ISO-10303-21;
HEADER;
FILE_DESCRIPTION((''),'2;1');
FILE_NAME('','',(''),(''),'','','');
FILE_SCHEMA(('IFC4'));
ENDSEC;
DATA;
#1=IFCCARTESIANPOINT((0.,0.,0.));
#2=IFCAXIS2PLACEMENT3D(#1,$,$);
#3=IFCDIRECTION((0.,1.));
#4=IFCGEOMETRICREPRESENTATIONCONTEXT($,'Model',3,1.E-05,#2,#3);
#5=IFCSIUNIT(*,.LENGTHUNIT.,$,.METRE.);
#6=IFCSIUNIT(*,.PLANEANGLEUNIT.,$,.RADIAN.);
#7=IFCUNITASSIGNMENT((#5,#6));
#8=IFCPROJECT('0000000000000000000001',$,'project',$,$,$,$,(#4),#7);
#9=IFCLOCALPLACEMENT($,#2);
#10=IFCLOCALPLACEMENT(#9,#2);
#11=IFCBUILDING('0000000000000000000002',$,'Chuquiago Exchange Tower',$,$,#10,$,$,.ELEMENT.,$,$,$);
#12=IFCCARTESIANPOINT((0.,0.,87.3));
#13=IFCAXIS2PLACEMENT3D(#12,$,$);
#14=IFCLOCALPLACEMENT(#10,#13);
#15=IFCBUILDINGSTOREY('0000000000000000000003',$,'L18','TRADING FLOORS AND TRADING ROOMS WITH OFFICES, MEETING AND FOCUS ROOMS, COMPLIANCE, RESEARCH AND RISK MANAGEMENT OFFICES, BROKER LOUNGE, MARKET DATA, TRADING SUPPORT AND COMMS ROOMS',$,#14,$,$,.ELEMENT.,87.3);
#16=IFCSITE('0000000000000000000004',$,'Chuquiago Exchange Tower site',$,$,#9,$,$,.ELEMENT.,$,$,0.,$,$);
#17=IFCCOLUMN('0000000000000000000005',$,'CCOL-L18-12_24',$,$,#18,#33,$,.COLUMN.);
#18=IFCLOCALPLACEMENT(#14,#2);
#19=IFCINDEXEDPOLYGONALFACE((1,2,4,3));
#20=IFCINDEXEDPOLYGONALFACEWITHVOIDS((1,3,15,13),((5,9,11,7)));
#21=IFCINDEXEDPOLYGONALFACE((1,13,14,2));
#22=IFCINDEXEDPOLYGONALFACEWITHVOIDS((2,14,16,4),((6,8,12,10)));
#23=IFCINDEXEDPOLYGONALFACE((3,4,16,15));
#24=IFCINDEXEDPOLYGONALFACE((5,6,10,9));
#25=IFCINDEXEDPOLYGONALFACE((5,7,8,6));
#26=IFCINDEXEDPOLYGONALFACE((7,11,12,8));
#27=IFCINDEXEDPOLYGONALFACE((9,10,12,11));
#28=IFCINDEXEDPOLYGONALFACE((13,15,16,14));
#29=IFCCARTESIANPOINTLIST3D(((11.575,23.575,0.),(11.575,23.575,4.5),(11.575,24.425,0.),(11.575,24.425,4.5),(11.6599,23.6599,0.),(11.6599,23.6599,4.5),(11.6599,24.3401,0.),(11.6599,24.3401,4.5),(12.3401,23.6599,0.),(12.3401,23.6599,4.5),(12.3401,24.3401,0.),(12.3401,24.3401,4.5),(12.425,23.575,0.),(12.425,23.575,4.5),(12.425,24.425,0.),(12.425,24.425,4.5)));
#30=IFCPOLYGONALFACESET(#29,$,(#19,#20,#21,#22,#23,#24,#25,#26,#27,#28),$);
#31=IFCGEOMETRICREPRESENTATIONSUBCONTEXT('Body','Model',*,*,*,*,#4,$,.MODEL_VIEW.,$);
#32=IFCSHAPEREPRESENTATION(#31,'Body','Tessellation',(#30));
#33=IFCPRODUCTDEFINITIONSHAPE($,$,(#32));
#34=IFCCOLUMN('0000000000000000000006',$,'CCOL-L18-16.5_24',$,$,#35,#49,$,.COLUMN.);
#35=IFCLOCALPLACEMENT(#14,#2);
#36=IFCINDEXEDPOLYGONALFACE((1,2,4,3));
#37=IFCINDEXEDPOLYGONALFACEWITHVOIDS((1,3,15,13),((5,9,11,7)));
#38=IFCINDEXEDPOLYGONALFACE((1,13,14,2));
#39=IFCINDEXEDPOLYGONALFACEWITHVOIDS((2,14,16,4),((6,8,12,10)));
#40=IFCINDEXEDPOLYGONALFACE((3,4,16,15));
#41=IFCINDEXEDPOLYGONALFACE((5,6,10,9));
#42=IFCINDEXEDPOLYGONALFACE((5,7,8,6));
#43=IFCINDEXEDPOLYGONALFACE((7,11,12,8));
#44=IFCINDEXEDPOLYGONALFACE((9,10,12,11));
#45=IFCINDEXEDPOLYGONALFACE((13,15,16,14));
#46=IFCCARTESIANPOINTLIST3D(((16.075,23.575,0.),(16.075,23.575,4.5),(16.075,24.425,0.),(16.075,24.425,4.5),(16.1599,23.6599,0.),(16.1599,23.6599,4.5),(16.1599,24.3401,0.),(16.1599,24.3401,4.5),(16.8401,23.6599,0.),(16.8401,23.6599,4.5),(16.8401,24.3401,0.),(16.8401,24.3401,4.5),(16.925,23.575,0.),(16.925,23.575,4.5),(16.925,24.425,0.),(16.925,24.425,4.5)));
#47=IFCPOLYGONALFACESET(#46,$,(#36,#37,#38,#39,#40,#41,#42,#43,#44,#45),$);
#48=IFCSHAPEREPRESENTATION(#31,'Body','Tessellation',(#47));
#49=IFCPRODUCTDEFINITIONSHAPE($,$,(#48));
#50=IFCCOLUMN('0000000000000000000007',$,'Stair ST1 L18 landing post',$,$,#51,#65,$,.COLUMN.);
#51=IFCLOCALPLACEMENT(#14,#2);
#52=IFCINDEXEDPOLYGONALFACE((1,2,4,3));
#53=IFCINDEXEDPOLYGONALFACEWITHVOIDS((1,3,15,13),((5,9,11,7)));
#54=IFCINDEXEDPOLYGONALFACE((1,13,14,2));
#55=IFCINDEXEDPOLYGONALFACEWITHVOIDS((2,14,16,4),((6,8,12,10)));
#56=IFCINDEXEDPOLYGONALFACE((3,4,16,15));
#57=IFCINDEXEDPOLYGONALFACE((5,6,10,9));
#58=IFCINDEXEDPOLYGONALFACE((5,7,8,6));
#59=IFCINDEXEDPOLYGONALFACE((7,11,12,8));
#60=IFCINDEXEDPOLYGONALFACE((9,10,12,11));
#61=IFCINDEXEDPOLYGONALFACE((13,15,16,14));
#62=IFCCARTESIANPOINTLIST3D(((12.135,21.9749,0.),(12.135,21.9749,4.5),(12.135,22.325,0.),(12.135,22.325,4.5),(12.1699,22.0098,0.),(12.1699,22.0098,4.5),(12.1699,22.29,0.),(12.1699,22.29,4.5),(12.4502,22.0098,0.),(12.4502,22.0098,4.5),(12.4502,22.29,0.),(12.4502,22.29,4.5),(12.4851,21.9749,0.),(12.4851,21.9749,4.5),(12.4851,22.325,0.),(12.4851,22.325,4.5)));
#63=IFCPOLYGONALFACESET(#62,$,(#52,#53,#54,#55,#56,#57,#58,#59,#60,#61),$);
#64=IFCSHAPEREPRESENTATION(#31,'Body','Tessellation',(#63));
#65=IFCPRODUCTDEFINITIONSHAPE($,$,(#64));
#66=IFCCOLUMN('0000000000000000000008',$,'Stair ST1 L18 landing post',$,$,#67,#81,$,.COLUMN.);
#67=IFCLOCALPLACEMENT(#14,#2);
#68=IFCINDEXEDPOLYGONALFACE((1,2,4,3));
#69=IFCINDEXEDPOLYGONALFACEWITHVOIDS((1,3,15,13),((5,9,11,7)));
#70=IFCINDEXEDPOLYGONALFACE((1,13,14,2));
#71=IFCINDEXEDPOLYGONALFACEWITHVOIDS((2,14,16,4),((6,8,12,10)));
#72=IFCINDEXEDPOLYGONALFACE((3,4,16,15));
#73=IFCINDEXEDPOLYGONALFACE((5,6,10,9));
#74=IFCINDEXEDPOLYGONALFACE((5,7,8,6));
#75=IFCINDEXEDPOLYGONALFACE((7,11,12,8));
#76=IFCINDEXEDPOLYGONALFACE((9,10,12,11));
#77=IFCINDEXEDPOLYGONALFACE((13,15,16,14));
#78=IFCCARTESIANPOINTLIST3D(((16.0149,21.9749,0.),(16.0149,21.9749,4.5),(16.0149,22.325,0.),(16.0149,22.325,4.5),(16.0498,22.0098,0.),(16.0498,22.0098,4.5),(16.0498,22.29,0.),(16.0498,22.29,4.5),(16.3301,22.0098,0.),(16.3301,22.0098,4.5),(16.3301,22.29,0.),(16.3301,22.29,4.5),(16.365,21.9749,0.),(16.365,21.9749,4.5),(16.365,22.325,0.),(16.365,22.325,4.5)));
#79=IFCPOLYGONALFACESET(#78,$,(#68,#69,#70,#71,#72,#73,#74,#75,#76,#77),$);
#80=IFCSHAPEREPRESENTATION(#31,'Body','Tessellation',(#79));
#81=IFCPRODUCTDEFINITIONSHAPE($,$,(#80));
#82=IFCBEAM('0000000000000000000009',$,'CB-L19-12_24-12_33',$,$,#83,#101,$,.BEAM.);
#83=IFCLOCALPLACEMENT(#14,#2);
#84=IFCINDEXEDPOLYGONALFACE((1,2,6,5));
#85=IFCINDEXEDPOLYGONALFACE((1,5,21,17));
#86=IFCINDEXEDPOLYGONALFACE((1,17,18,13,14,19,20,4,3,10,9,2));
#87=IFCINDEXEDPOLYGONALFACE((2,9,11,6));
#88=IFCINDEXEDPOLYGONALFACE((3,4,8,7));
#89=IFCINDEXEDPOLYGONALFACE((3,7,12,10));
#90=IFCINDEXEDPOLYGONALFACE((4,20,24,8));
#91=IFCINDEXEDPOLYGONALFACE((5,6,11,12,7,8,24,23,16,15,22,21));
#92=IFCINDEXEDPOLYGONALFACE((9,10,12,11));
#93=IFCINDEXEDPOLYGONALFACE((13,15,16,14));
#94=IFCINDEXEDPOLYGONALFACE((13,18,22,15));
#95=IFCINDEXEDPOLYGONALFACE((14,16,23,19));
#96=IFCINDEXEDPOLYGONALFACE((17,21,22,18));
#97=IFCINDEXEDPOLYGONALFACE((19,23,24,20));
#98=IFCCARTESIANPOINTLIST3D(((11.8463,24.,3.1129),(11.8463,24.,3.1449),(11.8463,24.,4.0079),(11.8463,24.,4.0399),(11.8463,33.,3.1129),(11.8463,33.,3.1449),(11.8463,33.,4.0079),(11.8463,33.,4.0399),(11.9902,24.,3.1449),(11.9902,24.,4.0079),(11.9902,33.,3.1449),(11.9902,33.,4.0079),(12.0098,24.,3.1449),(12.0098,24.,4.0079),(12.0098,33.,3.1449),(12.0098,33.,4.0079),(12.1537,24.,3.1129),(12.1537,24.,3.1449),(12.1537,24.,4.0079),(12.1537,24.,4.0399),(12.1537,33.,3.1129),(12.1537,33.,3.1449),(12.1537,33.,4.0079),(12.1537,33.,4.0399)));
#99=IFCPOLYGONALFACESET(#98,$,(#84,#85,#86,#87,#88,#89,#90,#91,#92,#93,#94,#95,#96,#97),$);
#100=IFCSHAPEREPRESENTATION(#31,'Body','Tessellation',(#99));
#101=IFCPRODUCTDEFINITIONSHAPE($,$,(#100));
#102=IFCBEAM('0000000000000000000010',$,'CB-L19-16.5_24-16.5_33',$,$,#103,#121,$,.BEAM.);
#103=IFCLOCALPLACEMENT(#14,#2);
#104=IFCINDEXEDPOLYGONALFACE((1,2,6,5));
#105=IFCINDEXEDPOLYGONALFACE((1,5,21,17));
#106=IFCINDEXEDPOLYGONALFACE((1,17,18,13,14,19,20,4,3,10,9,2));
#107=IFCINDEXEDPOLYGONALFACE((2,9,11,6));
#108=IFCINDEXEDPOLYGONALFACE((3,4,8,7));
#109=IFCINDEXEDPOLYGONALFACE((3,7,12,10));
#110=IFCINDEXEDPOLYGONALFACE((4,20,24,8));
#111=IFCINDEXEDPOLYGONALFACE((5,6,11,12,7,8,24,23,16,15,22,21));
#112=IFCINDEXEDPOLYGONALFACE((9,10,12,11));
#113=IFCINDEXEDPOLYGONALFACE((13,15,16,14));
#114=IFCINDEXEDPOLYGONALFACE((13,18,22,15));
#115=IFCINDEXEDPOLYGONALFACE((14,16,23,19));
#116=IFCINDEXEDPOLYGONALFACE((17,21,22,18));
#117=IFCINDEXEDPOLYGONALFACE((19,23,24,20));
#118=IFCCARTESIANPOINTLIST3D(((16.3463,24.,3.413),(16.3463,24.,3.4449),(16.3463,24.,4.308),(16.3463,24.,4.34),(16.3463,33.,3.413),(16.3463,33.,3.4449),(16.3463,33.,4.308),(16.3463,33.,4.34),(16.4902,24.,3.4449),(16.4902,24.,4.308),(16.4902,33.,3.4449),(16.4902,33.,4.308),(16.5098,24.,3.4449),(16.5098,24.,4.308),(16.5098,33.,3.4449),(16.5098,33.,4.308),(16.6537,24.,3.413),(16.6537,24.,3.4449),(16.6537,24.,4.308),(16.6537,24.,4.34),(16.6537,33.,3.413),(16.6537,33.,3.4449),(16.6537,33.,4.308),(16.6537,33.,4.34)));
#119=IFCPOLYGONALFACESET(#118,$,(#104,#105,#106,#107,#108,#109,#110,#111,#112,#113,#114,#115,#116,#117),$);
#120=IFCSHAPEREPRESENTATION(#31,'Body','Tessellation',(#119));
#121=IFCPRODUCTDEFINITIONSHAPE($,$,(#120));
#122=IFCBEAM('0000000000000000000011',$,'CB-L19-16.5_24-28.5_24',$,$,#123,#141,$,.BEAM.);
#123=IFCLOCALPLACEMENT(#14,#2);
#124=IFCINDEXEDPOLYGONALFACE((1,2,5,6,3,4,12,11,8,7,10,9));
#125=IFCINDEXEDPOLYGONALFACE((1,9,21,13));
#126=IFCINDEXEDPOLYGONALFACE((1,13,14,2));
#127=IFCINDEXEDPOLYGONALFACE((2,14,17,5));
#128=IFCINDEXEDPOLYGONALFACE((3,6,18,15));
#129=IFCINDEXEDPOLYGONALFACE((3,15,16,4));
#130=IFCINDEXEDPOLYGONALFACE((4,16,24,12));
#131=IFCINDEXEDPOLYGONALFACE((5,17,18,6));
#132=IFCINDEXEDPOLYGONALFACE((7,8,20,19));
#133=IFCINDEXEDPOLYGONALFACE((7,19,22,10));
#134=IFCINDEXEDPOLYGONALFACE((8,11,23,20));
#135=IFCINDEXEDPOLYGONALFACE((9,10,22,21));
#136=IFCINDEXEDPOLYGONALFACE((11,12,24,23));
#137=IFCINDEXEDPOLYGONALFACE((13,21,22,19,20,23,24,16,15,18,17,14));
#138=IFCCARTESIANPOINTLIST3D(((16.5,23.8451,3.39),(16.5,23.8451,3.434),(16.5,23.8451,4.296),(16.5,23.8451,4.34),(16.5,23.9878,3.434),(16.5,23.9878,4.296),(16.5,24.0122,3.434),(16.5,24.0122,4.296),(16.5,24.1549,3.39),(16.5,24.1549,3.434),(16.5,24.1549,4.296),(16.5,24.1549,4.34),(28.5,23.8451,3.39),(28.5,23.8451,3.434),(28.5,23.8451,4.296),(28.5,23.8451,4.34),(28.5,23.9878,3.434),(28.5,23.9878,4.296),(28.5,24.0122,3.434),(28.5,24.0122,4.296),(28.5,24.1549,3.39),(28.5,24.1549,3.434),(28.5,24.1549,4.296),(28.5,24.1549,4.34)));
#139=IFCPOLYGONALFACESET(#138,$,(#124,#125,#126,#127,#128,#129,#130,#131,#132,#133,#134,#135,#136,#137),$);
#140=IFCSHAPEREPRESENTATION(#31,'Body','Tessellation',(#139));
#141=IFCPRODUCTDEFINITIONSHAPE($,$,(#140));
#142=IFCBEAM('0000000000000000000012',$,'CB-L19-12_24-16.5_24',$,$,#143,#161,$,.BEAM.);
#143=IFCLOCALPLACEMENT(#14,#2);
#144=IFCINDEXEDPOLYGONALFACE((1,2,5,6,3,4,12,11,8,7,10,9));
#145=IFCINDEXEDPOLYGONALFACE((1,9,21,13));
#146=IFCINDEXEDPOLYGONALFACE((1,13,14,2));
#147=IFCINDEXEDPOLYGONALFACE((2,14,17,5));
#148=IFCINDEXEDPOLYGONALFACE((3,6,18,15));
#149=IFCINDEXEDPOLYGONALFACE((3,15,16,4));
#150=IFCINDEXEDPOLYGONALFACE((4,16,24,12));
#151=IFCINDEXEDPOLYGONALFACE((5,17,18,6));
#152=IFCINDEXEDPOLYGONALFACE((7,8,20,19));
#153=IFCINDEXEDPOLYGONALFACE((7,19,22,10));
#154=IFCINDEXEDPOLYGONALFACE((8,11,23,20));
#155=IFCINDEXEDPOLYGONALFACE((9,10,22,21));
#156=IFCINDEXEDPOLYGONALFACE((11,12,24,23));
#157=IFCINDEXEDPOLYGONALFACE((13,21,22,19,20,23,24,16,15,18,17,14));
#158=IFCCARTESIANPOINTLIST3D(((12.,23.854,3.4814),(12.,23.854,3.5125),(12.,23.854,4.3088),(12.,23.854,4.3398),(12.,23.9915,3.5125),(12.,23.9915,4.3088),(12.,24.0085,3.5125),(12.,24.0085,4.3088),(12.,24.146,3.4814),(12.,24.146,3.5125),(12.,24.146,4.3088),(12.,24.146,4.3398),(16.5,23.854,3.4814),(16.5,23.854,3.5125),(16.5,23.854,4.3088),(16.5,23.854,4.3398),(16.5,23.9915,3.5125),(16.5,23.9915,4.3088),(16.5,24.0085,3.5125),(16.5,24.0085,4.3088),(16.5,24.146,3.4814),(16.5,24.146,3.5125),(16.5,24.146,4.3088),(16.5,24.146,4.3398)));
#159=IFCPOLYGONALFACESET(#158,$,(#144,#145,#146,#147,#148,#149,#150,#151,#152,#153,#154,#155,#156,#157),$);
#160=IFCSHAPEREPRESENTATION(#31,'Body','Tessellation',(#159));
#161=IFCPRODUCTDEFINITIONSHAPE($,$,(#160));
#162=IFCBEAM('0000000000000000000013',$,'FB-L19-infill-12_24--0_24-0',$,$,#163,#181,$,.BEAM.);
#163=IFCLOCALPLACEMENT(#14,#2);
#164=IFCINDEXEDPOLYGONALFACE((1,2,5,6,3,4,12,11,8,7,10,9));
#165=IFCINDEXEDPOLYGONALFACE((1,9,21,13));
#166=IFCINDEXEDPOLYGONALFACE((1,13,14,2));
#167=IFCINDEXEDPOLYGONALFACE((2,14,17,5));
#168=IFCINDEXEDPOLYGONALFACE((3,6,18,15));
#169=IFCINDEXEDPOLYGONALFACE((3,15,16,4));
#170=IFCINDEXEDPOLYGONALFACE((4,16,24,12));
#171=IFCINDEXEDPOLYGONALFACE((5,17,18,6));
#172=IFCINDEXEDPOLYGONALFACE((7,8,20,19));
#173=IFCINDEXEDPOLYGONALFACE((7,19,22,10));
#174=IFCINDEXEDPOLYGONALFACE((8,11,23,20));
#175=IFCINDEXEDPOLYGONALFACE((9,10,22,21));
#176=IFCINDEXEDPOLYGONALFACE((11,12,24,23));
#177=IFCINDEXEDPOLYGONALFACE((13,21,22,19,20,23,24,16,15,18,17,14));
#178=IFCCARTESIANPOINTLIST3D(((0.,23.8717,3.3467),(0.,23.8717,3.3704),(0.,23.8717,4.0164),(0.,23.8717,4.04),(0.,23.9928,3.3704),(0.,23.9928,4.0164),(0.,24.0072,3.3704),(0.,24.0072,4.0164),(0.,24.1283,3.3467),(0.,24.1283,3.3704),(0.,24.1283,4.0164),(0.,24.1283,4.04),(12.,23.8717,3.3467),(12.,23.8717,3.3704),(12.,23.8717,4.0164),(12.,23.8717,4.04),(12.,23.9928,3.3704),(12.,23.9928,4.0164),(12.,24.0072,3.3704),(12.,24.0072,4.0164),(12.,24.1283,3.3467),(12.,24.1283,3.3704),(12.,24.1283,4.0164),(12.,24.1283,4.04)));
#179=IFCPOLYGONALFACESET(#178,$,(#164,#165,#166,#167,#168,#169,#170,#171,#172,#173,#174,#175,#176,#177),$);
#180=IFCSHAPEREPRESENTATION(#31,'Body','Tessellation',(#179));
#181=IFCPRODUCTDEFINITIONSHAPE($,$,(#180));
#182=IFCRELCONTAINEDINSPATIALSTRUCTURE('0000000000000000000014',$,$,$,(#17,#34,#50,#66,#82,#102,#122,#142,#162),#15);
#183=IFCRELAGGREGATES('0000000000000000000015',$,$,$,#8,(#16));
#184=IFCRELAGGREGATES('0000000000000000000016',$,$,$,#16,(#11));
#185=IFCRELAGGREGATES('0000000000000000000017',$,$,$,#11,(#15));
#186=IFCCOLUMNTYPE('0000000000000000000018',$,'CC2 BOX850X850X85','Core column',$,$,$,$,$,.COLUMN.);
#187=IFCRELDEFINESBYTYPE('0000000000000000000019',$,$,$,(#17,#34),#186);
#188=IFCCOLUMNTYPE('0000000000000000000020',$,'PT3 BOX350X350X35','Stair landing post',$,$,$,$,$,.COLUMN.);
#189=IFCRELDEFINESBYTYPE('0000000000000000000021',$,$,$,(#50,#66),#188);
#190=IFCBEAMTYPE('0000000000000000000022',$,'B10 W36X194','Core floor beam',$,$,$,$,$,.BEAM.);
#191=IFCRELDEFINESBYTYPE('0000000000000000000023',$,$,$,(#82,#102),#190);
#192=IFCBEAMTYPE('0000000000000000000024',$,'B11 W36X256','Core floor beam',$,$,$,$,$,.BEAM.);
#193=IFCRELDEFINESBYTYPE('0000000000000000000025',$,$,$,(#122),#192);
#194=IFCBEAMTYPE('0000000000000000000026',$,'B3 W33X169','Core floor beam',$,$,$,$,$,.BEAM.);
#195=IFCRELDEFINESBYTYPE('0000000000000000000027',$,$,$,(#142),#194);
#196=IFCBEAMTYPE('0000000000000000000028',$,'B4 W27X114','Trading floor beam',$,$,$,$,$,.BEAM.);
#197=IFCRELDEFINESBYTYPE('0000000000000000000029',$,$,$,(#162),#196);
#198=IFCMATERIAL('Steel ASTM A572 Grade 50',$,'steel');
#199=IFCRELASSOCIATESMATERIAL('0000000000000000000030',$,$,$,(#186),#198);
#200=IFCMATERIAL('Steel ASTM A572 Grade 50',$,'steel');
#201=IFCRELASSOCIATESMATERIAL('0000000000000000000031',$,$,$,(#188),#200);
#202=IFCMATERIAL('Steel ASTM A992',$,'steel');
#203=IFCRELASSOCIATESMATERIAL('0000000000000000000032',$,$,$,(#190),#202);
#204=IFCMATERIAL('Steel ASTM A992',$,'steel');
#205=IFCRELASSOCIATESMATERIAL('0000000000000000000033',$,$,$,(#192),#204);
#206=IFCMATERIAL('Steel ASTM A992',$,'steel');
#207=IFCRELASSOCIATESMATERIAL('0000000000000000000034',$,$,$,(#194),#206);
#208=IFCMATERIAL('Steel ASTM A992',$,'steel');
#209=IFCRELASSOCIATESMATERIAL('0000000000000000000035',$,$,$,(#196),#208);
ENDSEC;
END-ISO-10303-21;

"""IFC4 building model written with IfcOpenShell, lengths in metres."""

from ifc_helpers import new_model, si_unit, direction, frame, origin, origin_2d, place, context, subcontext, project, spatial, hollow_rectangle, i_section, extrude, material, material_profile, profile_set, type_object, element, save


model = new_model("IFC4")

# Units and contexts
model_context = context("Model", 3, precision=1e-05, world=origin(), true_north=direction((0.0, 1.0)))
body_context = subcontext(model_context, "Body", "Model", "MODEL_VIEW")
ifc_project = project(units=[si_unit("LENGTHUNIT", "METRE"), si_unit("PLANEANGLEUNIT", "RADIAN")], contexts=[model_context])

# Site, building, storey
site_placement = place(None, origin())
site = spatial("IfcSite", under=ifc_project, at=site_placement, Name="Chuquiago Exchange Tower site", CompositionType="ELEMENT", RefElevation=0.0)
building_placement = place(site_placement, origin())
building = spatial("IfcBuilding", under=site, at=building_placement, Name="Chuquiago Exchange Tower", CompositionType="ELEMENT")
storey_placement = place(building_placement, frame((0.0, 0.0, 87.3)))
storey = spatial("IfcBuildingStorey", under=building, at=storey_placement, Name="L18", Description="TRADING FLOORS AND TRADING ROOMS WITH OFFICES, MEETING AND FOCUS ROOMS, COMPLIANCE, RESEARCH AND RISK MANAGEMENT OFFICES, BROKER LOUNGE, MARKET DATA, TRADING SUPPORT AND COMMS ROOMS", CompositionType="ELEMENT", Elevation=87.3)

# Columns
ifc_material_1 = material(Name="Steel ASTM A572 Grade 50", Category="steel")
ifc_material_profile_1 = material_profile(ifc_material_1, hollow_rectangle(XDim=0.8501, YDim=0.8501, WallThickness=0.085, at=origin_2d()), Name="BOX850X850X85")
ifc_profile_set_1 = profile_set([ifc_material_profile_1], Name="Steel ASTM A572 Grade 50")
column_type_1 = type_object("IfcColumnType", Name="CC2 BOX850X850X85", Description="Core column", PredefinedType="COLUMN", material=ifc_profile_set_1)
for number, where, z_axis, x_axis, name in (
    (1, (12.0, 24.0, 0.0), (0.0, 0.0, 1.0), (1.0, 0.0, 0.0), "CCOL-L18-12_24"),
    (2, (16.5, 24.0, 0.0), (0.0, 0.0, 1.0), (1.0, 0.0, 0.0), "CCOL-L18-16.5_24"),
):
    element("IfcColumn", number, at=place(storey_placement, frame(where, z_axis=z_axis, x_axis=x_axis)), inside=storey, type_object=column_type_1, Name=name, PredefinedType="COLUMN", context=body_context, shape_type="SweptSolid", body=[
        extrude(hollow_rectangle(XDim=0.8501, YDim=0.8501, WallThickness=0.085, at=origin_2d()), origin(), (0.0, 0.0, 1.0), 4.5),
    ])
ifc_material_2 = material(Name="Steel ASTM A572 Grade 50", Category="steel")
ifc_material_profile_2 = material_profile(ifc_material_2, hollow_rectangle(XDim=0.3501, YDim=0.3501, WallThickness=0.0349, at=origin_2d()), Name="BOX350X350X35")
ifc_profile_set_2 = profile_set([ifc_material_profile_2], Name="Steel ASTM A572 Grade 50")
column_type_2 = type_object("IfcColumnType", Name="PT3 BOX350X350X35", Description="Stair landing post", PredefinedType="COLUMN", material=ifc_profile_set_2)
for number, where, z_axis, x_axis, name in (
    (3, (12.3101, 22.1499, 0.0), (0.0, 0.0, 1.0), (1.0, 0.0, 0.0), "Stair ST1 L18 landing post"),
    (4, (16.1899, 22.1499, 0.0), (0.0, 0.0, 1.0), (1.0, 0.0, 0.0), "Stair ST1 L18 landing post"),
):
    element("IfcColumn", number, at=place(storey_placement, frame(where, z_axis=z_axis, x_axis=x_axis)), inside=storey, type_object=column_type_2, Name=name, PredefinedType="COLUMN", context=body_context, shape_type="SweptSolid", body=[
        extrude(hollow_rectangle(XDim=0.3501, YDim=0.3501, WallThickness=0.0349, at=origin_2d()), origin(), (0.0, 0.0, 1.0), 4.5),
    ])

# Beams
ifc_material_3 = material(Name="Steel ASTM A992", Category="steel")
ifc_material_profile_3 = material_profile(ifc_material_3, i_section(OverallWidth=0.3074, OverallDepth=0.927, WebThickness=0.0195, FlangeThickness=0.032, at=origin_2d()), Name="W36X194")
ifc_profile_set_3 = profile_set([ifc_material_profile_3], Name="Steel ASTM A992")
beam_type_1 = type_object("IfcBeamType", Name="B10 W36X194", Description="Core floor beam", PredefinedType="BEAM", material=ifc_profile_set_3)
for number, where, z_axis, x_axis, name in (
    (5, (12.0, 24.0, 3.5764), (0.0, 1.0, 0.0), (-1.0, 0.0, 0.0), "CB-L19-12_24-12_33"),
    (6, (16.5, 24.0, 3.8765), (0.0, 1.0, 0.0), (-1.0, 0.0, 0.0), "CB-L19-16.5_24-16.5_33"),
):
    element("IfcBeam", number, at=place(storey_placement, frame(where, z_axis=z_axis, x_axis=x_axis)), inside=storey, type_object=beam_type_1, Name=name, PredefinedType="BEAM", context=body_context, shape_type="SweptSolid", body=[
        extrude(i_section(OverallWidth=0.3074, OverallDepth=0.927, WebThickness=0.0195, FlangeThickness=0.032, at=origin_2d()), origin(), (0.0, 0.0, 1.0), 9.0),
    ])
ifc_material_4 = material(Name="Steel ASTM A992", Category="steel")
ifc_material_profile_4 = material_profile(ifc_material_4, i_section(OverallWidth=0.3098, OverallDepth=0.95, WebThickness=0.0244, FlangeThickness=0.0439, at=origin_2d()), Name="W36X256")
ifc_profile_set_4 = profile_set([ifc_material_profile_4], Name="Steel ASTM A992")
beam_type_2 = type_object("IfcBeamType", Name="B11 W36X256", Description="Core floor beam", PredefinedType="BEAM", material=ifc_profile_set_4)
beam_1_placement = place(storey_placement, frame((16.5, 24.0, 3.865), z_axis=(1.0, 0.0, 0.0), x_axis=(0.0, 1.0, 0.0)))
element("IfcBeam", 7, at=beam_1_placement, inside=storey, type_object=beam_type_2, Name="CB-L19-16.5_24-28.5_24", PredefinedType="BEAM", context=body_context, shape_type="SweptSolid", body=[
    extrude(i_section(OverallWidth=0.3098, OverallDepth=0.95, WebThickness=0.0244, FlangeThickness=0.0439, at=origin_2d()), origin(), (0.0, 0.0, 1.0), 12.0),
])
ifc_material_5 = material(Name="Steel ASTM A992", Category="steel")
ifc_material_profile_5 = material_profile(ifc_material_5, i_section(OverallWidth=0.292, OverallDepth=0.8584, WebThickness=0.0171, FlangeThickness=0.031, at=origin_2d()), Name="W33X169")
ifc_profile_set_5 = profile_set([ifc_material_profile_5], Name="Steel ASTM A992")
beam_type_3 = type_object("IfcBeamType", Name="B3 W33X169", Description="Core floor beam", PredefinedType="BEAM", material=ifc_profile_set_5)
beam_2_placement = place(storey_placement, frame((12.0, 24.0, 3.9106), z_axis=(1.0, 0.0, 0.0), x_axis=(0.0, 1.0, 0.0)))
element("IfcBeam", 8, at=beam_2_placement, inside=storey, type_object=beam_type_3, Name="CB-L19-12_24-16.5_24", PredefinedType="BEAM", context=body_context, shape_type="SweptSolid", body=[
    extrude(i_section(OverallWidth=0.292, OverallDepth=0.8584, WebThickness=0.0171, FlangeThickness=0.031, at=origin_2d()), origin(), (0.0, 0.0, 1.0), 4.5),
])
ifc_material_6 = material(Name="Steel ASTM A992", Category="steel")
ifc_material_profile_6 = material_profile(ifc_material_6, i_section(OverallWidth=0.2566, OverallDepth=0.6934, WebThickness=0.0144, FlangeThickness=0.0237, at=origin_2d()), Name="W27X114")
ifc_profile_set_6 = profile_set([ifc_material_profile_6], Name="Steel ASTM A992")
beam_type_4 = type_object("IfcBeamType", Name="B4 W27X114", Description="Trading floor beam", PredefinedType="BEAM", material=ifc_profile_set_6)
for number, where, z_axis, x_axis, name in (
    (9, (12.0, 24.0, 3.6934), (-1.0, 0.0, 0.0), (0.0, -1.0, 0.0), "FB-L19-infill-12_24--0_24-0"),
):
    element("IfcBeam", number, at=place(storey_placement, frame(where, z_axis=z_axis, x_axis=x_axis)), inside=storey, type_object=beam_type_4, Name=name, PredefinedType="BEAM", context=body_context, shape_type="SweptSolid", body=[
        extrude(i_section(OverallWidth=0.2566, OverallDepth=0.6934, WebThickness=0.0144, FlangeThickness=0.0237, at=origin_2d()), origin(), (0.0, 0.0, 1.0), 12.0),
    ])

save(model, "model.ifc")
